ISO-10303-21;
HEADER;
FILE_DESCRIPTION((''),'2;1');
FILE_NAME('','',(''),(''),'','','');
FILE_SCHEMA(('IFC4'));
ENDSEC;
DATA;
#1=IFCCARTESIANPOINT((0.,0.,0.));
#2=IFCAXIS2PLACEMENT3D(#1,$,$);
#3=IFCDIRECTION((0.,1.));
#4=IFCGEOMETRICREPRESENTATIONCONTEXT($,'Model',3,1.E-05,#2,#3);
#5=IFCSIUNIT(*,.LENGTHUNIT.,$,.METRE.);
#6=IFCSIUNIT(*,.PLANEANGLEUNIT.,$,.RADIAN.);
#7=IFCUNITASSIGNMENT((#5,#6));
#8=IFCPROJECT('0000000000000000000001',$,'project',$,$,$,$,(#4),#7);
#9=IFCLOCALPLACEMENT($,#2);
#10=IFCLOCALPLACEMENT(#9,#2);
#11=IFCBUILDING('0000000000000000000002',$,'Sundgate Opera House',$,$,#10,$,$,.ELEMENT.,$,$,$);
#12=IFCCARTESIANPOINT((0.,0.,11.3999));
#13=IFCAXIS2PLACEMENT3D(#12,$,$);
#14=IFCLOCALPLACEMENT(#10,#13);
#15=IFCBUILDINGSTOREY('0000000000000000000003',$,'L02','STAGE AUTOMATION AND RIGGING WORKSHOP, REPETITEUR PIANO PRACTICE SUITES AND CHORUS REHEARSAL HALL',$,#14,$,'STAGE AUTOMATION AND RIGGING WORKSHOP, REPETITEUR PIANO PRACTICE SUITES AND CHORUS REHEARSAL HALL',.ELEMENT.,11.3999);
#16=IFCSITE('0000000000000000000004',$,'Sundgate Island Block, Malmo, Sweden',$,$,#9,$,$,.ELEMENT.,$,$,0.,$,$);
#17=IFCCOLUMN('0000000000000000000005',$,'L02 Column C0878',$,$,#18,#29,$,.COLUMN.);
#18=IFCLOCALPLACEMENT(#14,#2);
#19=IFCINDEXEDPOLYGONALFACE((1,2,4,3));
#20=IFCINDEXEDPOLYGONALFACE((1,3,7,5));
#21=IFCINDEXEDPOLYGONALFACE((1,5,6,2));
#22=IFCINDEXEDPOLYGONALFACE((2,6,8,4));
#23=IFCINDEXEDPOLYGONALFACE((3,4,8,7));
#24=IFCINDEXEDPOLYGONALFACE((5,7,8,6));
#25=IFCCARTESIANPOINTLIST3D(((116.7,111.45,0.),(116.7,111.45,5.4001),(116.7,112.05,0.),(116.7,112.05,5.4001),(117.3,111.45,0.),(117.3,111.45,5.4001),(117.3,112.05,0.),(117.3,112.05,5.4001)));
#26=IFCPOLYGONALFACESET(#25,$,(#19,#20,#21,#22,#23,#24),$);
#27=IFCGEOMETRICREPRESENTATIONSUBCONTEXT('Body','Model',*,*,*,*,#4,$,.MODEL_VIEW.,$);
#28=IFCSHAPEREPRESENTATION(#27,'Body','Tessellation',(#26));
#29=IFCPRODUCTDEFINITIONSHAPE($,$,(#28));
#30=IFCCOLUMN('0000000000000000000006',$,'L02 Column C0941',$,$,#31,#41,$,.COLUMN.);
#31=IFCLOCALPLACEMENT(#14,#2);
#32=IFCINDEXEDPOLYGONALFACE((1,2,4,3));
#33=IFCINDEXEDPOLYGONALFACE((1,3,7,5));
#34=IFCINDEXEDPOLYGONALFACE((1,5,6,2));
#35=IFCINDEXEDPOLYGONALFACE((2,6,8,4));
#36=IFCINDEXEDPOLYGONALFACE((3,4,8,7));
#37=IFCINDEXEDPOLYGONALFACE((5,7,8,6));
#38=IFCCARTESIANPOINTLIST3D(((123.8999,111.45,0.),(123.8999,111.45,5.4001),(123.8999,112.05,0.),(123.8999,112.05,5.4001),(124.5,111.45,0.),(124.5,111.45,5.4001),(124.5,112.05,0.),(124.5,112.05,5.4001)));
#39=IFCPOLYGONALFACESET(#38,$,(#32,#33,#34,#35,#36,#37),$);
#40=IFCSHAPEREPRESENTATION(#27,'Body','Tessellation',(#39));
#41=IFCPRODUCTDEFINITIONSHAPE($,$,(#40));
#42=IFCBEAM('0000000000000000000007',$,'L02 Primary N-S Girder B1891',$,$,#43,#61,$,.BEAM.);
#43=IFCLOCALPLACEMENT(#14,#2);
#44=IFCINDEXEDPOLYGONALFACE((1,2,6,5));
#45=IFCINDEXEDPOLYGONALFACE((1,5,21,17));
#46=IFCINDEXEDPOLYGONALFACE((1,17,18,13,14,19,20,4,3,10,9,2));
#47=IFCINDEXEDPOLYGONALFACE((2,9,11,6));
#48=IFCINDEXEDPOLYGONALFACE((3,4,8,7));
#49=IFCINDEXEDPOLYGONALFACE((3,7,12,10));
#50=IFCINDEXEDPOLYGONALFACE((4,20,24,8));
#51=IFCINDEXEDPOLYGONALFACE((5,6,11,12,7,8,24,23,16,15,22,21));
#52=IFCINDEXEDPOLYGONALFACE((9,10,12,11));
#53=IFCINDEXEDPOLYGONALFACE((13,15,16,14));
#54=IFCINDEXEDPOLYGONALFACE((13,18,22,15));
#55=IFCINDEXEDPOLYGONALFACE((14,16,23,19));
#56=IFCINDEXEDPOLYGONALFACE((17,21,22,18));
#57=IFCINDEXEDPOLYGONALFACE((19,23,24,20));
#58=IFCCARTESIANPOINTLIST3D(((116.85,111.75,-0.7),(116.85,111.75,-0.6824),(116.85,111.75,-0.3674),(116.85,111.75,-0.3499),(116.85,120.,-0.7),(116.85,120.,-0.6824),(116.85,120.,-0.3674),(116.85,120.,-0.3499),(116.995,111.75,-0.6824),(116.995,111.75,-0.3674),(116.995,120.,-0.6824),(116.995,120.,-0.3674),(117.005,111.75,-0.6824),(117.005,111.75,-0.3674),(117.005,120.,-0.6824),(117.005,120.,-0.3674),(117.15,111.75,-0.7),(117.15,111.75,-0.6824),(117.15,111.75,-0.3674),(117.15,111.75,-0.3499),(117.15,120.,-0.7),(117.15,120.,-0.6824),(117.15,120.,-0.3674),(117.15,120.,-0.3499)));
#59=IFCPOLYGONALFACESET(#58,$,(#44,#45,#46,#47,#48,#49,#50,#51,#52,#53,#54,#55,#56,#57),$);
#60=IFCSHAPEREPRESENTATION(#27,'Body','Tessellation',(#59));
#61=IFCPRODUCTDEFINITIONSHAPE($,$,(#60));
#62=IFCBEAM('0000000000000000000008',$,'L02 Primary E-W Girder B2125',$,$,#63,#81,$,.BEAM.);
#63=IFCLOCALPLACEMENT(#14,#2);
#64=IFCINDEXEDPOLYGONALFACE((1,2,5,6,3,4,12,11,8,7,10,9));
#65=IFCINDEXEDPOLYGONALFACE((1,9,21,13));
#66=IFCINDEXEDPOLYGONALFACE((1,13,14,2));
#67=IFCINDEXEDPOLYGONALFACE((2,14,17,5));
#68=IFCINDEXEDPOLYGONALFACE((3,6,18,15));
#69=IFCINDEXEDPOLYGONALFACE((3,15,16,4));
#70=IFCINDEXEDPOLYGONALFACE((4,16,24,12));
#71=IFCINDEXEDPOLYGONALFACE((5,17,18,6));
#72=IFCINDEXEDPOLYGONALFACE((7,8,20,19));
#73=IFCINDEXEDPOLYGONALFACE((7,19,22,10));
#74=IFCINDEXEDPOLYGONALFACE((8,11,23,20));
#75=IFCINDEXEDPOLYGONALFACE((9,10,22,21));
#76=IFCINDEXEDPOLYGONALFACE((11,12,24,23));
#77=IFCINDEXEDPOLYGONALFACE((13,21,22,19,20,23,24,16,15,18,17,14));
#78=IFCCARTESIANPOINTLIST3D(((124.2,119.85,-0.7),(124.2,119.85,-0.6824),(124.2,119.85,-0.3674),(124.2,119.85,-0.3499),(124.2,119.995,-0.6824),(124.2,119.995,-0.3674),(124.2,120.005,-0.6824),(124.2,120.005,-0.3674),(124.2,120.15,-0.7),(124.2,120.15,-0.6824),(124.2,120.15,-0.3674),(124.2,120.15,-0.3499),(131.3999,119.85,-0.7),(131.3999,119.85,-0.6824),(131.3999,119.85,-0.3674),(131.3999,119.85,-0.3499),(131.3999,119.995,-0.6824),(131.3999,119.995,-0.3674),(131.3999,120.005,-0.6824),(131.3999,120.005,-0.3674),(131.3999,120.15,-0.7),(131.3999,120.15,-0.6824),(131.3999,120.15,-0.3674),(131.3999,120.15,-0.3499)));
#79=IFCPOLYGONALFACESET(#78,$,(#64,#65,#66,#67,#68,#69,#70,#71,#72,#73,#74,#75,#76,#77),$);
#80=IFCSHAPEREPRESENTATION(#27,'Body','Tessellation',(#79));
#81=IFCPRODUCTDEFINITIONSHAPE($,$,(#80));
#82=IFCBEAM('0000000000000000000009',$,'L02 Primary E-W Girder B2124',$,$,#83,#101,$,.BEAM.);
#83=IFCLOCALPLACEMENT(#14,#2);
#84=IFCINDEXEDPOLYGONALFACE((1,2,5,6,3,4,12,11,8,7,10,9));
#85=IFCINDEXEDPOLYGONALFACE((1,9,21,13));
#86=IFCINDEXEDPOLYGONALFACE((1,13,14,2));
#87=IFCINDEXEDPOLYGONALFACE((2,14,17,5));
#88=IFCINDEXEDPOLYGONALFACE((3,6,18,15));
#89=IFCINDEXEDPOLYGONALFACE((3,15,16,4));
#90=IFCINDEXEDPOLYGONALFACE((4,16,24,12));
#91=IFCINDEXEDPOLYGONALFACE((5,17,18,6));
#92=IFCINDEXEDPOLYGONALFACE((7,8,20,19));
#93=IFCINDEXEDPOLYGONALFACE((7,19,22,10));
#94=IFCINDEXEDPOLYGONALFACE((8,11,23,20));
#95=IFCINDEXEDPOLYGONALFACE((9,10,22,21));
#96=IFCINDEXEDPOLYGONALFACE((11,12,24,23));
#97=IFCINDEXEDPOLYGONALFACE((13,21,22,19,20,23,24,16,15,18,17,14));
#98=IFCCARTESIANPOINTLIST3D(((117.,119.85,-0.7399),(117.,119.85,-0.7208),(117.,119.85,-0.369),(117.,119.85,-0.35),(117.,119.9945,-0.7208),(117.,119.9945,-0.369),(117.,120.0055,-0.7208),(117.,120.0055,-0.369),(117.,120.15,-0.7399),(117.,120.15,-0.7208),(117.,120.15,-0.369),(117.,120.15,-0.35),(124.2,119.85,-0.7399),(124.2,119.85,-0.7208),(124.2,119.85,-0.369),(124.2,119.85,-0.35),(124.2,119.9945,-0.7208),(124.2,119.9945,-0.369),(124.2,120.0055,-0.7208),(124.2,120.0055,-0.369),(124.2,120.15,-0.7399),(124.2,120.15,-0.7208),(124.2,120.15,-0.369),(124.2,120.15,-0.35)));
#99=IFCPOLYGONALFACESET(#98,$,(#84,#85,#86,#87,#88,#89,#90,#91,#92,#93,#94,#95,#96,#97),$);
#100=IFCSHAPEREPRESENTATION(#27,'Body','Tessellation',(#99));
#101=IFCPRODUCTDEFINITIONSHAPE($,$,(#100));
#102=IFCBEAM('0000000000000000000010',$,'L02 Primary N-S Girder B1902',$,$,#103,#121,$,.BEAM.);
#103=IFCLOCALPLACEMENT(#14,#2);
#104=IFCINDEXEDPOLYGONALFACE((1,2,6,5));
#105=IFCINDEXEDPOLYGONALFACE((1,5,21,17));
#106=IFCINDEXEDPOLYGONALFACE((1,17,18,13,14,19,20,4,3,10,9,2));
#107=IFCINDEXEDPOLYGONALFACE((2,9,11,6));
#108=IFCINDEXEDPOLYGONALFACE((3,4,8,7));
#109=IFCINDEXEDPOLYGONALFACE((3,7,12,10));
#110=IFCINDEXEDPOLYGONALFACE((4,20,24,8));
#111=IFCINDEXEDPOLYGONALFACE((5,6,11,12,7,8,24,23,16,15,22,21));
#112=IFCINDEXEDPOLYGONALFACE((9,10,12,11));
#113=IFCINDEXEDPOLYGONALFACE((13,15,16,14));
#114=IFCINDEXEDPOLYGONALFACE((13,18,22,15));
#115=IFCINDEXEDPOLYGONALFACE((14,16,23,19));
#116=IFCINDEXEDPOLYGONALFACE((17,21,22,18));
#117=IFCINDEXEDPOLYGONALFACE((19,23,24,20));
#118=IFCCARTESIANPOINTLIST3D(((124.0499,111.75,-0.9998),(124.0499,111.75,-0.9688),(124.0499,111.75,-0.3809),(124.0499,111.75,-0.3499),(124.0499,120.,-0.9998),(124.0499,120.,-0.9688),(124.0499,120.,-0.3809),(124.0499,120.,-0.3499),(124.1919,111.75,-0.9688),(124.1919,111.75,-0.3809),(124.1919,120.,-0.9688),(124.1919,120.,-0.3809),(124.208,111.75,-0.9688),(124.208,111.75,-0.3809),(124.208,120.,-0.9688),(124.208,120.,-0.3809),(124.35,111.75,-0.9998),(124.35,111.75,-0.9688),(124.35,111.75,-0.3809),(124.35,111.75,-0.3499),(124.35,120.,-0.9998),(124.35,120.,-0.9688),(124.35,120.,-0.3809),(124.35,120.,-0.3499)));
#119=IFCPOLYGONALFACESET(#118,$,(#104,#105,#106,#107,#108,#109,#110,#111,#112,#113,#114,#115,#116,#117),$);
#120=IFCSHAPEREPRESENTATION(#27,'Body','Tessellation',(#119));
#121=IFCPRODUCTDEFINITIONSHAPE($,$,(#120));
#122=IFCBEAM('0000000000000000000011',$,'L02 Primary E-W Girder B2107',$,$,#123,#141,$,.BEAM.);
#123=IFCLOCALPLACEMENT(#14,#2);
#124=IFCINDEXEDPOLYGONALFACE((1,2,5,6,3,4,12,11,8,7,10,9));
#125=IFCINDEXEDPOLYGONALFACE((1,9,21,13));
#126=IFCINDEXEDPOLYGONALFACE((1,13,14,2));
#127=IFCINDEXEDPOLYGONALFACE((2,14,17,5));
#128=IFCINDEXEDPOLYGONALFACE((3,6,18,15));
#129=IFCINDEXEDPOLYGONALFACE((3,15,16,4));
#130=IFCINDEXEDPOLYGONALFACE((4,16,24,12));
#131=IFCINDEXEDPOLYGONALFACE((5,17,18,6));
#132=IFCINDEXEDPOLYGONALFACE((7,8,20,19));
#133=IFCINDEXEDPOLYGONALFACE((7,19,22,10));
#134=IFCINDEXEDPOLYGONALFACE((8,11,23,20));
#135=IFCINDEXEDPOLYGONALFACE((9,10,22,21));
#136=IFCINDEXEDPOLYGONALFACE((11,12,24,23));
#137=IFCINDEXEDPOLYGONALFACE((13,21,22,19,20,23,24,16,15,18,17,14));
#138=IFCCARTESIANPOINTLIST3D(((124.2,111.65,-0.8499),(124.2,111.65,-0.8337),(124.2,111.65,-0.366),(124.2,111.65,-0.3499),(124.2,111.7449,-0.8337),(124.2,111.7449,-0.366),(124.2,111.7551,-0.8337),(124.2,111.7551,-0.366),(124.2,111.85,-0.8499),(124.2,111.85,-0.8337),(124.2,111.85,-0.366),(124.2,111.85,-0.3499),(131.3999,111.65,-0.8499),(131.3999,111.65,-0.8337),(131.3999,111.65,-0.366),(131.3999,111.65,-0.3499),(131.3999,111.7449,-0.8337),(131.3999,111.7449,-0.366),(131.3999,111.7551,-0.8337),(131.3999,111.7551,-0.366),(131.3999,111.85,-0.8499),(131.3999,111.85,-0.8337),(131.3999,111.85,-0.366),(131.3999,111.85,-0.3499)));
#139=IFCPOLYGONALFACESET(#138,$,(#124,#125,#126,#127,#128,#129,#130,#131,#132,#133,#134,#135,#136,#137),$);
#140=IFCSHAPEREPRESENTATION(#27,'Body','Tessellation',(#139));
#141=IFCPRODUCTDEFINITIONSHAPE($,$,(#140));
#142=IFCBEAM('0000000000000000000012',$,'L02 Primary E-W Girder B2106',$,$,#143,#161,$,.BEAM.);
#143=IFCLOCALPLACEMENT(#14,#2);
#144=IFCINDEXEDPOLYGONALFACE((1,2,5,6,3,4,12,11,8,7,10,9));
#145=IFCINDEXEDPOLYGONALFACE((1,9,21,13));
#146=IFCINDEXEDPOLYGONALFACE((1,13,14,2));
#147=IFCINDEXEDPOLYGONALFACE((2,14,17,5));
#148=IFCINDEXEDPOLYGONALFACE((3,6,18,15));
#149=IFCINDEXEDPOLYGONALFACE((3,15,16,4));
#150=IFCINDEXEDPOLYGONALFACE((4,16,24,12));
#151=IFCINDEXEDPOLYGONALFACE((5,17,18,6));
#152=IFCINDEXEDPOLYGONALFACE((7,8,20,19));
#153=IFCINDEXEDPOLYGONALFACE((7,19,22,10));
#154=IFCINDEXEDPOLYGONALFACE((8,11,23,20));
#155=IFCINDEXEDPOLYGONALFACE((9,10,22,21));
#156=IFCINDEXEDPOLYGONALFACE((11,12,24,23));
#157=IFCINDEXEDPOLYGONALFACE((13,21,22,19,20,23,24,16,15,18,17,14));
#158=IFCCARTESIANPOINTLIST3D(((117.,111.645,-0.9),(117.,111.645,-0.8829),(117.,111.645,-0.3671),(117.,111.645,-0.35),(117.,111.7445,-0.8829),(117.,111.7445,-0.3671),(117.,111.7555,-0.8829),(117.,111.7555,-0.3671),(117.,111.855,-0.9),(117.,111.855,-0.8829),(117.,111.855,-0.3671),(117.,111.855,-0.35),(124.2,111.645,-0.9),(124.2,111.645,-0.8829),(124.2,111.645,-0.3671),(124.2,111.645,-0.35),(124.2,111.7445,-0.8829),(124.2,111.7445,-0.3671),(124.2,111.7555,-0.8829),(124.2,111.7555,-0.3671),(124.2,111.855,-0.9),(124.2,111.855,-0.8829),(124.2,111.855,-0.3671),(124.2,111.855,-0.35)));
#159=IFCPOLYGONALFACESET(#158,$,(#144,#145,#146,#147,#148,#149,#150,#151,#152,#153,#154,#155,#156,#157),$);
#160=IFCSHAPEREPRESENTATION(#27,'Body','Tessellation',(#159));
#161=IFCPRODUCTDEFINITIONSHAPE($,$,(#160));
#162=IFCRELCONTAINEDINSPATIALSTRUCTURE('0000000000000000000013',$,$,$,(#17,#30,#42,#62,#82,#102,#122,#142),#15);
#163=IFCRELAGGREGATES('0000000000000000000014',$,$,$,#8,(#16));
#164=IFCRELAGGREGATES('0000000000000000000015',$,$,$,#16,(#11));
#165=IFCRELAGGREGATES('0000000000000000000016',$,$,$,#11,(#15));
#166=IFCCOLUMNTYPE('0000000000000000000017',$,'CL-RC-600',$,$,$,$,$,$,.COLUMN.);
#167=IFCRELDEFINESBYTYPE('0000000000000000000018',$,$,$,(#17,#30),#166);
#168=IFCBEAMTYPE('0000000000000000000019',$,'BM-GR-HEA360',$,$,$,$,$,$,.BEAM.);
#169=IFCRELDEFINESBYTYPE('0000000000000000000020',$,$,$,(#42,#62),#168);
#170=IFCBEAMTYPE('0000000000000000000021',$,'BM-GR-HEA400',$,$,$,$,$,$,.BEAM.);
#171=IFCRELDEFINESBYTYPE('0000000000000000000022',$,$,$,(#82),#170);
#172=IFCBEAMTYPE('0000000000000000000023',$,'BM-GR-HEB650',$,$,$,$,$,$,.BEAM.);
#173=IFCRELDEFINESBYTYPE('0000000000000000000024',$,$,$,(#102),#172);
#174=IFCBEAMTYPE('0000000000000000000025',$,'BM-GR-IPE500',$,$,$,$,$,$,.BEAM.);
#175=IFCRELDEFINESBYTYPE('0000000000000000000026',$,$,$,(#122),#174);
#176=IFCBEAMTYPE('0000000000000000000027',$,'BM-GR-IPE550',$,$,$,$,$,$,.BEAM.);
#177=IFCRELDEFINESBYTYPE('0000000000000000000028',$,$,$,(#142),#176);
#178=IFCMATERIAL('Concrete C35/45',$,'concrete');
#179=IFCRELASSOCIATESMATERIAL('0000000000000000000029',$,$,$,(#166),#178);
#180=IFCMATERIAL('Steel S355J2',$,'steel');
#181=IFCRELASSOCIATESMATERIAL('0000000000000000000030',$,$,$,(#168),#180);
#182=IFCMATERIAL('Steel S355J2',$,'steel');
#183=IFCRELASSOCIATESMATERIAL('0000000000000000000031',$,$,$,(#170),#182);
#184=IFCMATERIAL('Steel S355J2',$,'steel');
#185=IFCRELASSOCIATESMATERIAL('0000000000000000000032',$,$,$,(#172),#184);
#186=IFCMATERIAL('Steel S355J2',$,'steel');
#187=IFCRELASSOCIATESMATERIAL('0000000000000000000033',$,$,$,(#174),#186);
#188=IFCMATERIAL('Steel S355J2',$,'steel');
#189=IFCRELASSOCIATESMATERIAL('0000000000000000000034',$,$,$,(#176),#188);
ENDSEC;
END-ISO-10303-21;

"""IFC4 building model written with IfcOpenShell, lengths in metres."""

from ifc_helpers import new_model, si_unit, direction, frame, origin, origin_2d, place, context, subcontext, project, spatial, rectangle, i_section, extrude, material, material_profile, profile_set, type_object, element, save


model = new_model("IFC4")

# Units and contexts
model_context = context("Model", 3, precision=1e-05, world=origin(), true_north=direction((0.0, 1.0)))
body_context = subcontext(model_context, "Body", "Model", "MODEL_VIEW")
ifc_project = project(units=[si_unit("LENGTHUNIT", "METRE"), si_unit("PLANEANGLEUNIT", "RADIAN")], contexts=[model_context])

# Site, building, storey
site_placement = place(None, origin())
site = spatial("IfcSite", under=ifc_project, at=site_placement, Name="Sundgate Island Block, Malmo, Sweden", CompositionType="ELEMENT", RefElevation=0.0)
building_placement = place(site_placement, origin())
building = spatial("IfcBuilding", under=site, at=building_placement, Name="Sundgate Opera House", CompositionType="ELEMENT")
storey_placement = place(building_placement, frame((0.0, 0.0, 11.3999)))
storey = spatial("IfcBuildingStorey", under=building, at=storey_placement, Name="L02", Description="STAGE AUTOMATION AND RIGGING WORKSHOP, REPETITEUR PIANO PRACTICE SUITES AND CHORUS REHEARSAL HALL", LongName="STAGE AUTOMATION AND RIGGING WORKSHOP, REPETITEUR PIANO PRACTICE SUITES AND CHORUS REHEARSAL HALL", CompositionType="ELEMENT", Elevation=11.3999)

# Columns
ifc_material_1 = material(Name="Concrete C35/45", Category="concrete")
ifc_material_profile_1 = material_profile(ifc_material_1, rectangle(XDim=0.6001, YDim=0.6001, at=origin_2d()), Name="RC 600x600")
ifc_profile_set_1 = profile_set([ifc_material_profile_1], Name="Concrete C35/45")
column_type = type_object("IfcColumnType", Name="CL-RC-600", PredefinedType="COLUMN", material=ifc_profile_set_1)
for number, where, z_axis, x_axis, name in (
    (1, (117.0, 111.75, 0.0), (0.0, 0.0, 1.0), (1.0, 0.0, 0.0), "L02 Column C0878"),
    (2, (124.2, 111.75, 0.0), (0.0, 0.0, 1.0), (1.0, 0.0, 0.0), "L02 Column C0941"),
):
    element("IfcColumn", number, at=place(storey_placement, frame(where, z_axis=z_axis, x_axis=x_axis)), inside=storey, type_object=column_type, Name=name, PredefinedType="COLUMN", context=body_context, shape_type="SweptSolid", body=[
        extrude(rectangle(XDim=0.6001, YDim=0.6001, at=origin_2d()), origin(), (0.0, 0.0, 1.0), 5.4001),
    ])

# Beams
ifc_material_2 = material(Name="Steel S355J2", Category="steel")
ifc_material_profile_2 = material_profile(ifc_material_2, i_section(OverallWidth=0.3, OverallDepth=0.3501, WebThickness=0.01, FlangeThickness=0.0176, at=origin_2d()), Name="HEA 360")
ifc_profile_set_2 = profile_set([ifc_material_profile_2], Name="Steel S355J2")
beam_type_1 = type_object("IfcBeamType", Name="BM-GR-HEA360", PredefinedType="BEAM", material=ifc_profile_set_2)
beam_1_placement = place(storey_placement, frame((117.0, 111.75, -0.5249), z_axis=(0.0, 1.0, 0.0), x_axis=(-1.0, 0.0, 0.0)))
element("IfcBeam", 3, at=beam_1_placement, inside=storey, type_object=beam_type_1, Name="L02 Primary N-S Girder B1891", PredefinedType="BEAM", context=body_context, shape_type="SweptSolid", body=[
    extrude(i_section(OverallWidth=0.3, OverallDepth=0.3501, WebThickness=0.01, FlangeThickness=0.0176, at=origin_2d()), origin(), (0.0, 0.0, 1.0), 8.25),
])
beam_2_placement = place(storey_placement, frame((124.2, 120.0, -0.5249), z_axis=(1.0, 0.0, 0.0), x_axis=(0.0, 1.0, 0.0)))
element("IfcBeam", 4, at=beam_2_placement, inside=storey, type_object=beam_type_1, Name="L02 Primary E-W Girder B2125", PredefinedType="BEAM", context=body_context, shape_type="SweptSolid", body=[
    extrude(i_section(OverallWidth=0.3, OverallDepth=0.3501, WebThickness=0.01, FlangeThickness=0.0176, at=origin_2d()), origin(), (0.0, 0.0, 1.0), 7.2),
])
ifc_material_3 = material(Name="Steel S355J2", Category="steel")
ifc_material_profile_3 = material_profile(ifc_material_3, i_section(OverallWidth=0.3, OverallDepth=0.3899, WebThickness=0.011, FlangeThickness=0.019, at=origin_2d()), Name="HEA 400")
ifc_profile_set_3 = profile_set([ifc_material_profile_3], Name="Steel S355J2")
beam_type_2 = type_object("IfcBeamType", Name="BM-GR-HEA400", PredefinedType="BEAM", material=ifc_profile_set_3)
beam_3_placement = place(storey_placement, frame((117.0, 120.0, -0.5449), z_axis=(1.0, 0.0, 0.0), x_axis=(0.0, 1.0, 0.0)))
element("IfcBeam", 5, at=beam_3_placement, inside=storey, type_object=beam_type_2, Name="L02 Primary E-W Girder B2124", PredefinedType="BEAM", context=body_context, shape_type="SweptSolid", body=[
    extrude(i_section(OverallWidth=0.3, OverallDepth=0.3899, WebThickness=0.011, FlangeThickness=0.019, at=origin_2d()), origin(), (0.0, 0.0, 1.0), 7.2),
])
ifc_material_4 = material(Name="Steel S355J2", Category="steel")
ifc_material_profile_4 = material_profile(ifc_material_4, i_section(OverallWidth=0.3, OverallDepth=0.6499, WebThickness=0.0161, FlangeThickness=0.031, at=origin_2d()), Name="HEB 650")
ifc_profile_set_4 = profile_set([ifc_material_profile_4], Name="Steel S355J2")
beam_type_3 = type_object("IfcBeamType", Name="BM-GR-HEB650", PredefinedType="BEAM", material=ifc_profile_set_4)
beam_4_placement = place(storey_placement, frame((124.2, 111.75, -0.6748), z_axis=(0.0, 1.0, 0.0), x_axis=(-1.0, 0.0, 0.0)))
element("IfcBeam", 6, at=beam_4_placement, inside=storey, type_object=beam_type_3, Name="L02 Primary N-S Girder B1902", PredefinedType="BEAM", context=body_context, shape_type="SweptSolid", body=[
    extrude(i_section(OverallWidth=0.3, OverallDepth=0.6499, WebThickness=0.0161, FlangeThickness=0.031, at=origin_2d()), origin(), (0.0, 0.0, 1.0), 8.25),
])
ifc_material_5 = material(Name="Steel S355J2", Category="steel")
ifc_material_profile_5 = material_profile(ifc_material_5, i_section(OverallWidth=0.2, OverallDepth=0.5, WebThickness=0.0103, FlangeThickness=0.0161, at=origin_2d()), Name="IPE 500")
ifc_profile_set_5 = profile_set([ifc_material_profile_5], Name="Steel S355J2")
beam_type_4 = type_object("IfcBeamType", Name="BM-GR-IPE500", PredefinedType="BEAM", material=ifc_profile_set_5)
beam_5_placement = place(storey_placement, frame((124.2, 111.75, -0.5999), z_axis=(1.0, 0.0, 0.0), x_axis=(0.0, 1.0, 0.0)))
element("IfcBeam", 7, at=beam_5_placement, inside=storey, type_object=beam_type_4, Name="L02 Primary E-W Girder B2107", PredefinedType="BEAM", context=body_context, shape_type="SweptSolid", body=[
    extrude(i_section(OverallWidth=0.2, OverallDepth=0.5, WebThickness=0.0103, FlangeThickness=0.0161, at=origin_2d()), origin(), (0.0, 0.0, 1.0), 7.2),
])
ifc_material_6 = material(Name="Steel S355J2", Category="steel")
ifc_material_profile_6 = material_profile(ifc_material_6, i_section(OverallWidth=0.21, OverallDepth=0.55, WebThickness=0.011, FlangeThickness=0.0171, at=origin_2d()), Name="IPE 550")
ifc_profile_set_6 = profile_set([ifc_material_profile_6], Name="Steel S355J2")
beam_type_5 = type_object("IfcBeamType", Name="BM-GR-IPE550", PredefinedType="BEAM", material=ifc_profile_set_6)
beam_6_placement = place(storey_placement, frame((117.0, 111.75, -0.625), z_axis=(1.0, 0.0, 0.0), x_axis=(0.0, 1.0, 0.0)))
element("IfcBeam", 8, at=beam_6_placement, inside=storey, type_object=beam_type_5, Name="L02 Primary E-W Girder B2106", PredefinedType="BEAM", context=body_context, shape_type="SweptSolid", body=[
    extrude(i_section(OverallWidth=0.21, OverallDepth=0.55, WebThickness=0.011, FlangeThickness=0.0171, at=origin_2d()), origin(), (0.0, 0.0, 1.0), 7.2),
])

save(model, "model.ifc")
